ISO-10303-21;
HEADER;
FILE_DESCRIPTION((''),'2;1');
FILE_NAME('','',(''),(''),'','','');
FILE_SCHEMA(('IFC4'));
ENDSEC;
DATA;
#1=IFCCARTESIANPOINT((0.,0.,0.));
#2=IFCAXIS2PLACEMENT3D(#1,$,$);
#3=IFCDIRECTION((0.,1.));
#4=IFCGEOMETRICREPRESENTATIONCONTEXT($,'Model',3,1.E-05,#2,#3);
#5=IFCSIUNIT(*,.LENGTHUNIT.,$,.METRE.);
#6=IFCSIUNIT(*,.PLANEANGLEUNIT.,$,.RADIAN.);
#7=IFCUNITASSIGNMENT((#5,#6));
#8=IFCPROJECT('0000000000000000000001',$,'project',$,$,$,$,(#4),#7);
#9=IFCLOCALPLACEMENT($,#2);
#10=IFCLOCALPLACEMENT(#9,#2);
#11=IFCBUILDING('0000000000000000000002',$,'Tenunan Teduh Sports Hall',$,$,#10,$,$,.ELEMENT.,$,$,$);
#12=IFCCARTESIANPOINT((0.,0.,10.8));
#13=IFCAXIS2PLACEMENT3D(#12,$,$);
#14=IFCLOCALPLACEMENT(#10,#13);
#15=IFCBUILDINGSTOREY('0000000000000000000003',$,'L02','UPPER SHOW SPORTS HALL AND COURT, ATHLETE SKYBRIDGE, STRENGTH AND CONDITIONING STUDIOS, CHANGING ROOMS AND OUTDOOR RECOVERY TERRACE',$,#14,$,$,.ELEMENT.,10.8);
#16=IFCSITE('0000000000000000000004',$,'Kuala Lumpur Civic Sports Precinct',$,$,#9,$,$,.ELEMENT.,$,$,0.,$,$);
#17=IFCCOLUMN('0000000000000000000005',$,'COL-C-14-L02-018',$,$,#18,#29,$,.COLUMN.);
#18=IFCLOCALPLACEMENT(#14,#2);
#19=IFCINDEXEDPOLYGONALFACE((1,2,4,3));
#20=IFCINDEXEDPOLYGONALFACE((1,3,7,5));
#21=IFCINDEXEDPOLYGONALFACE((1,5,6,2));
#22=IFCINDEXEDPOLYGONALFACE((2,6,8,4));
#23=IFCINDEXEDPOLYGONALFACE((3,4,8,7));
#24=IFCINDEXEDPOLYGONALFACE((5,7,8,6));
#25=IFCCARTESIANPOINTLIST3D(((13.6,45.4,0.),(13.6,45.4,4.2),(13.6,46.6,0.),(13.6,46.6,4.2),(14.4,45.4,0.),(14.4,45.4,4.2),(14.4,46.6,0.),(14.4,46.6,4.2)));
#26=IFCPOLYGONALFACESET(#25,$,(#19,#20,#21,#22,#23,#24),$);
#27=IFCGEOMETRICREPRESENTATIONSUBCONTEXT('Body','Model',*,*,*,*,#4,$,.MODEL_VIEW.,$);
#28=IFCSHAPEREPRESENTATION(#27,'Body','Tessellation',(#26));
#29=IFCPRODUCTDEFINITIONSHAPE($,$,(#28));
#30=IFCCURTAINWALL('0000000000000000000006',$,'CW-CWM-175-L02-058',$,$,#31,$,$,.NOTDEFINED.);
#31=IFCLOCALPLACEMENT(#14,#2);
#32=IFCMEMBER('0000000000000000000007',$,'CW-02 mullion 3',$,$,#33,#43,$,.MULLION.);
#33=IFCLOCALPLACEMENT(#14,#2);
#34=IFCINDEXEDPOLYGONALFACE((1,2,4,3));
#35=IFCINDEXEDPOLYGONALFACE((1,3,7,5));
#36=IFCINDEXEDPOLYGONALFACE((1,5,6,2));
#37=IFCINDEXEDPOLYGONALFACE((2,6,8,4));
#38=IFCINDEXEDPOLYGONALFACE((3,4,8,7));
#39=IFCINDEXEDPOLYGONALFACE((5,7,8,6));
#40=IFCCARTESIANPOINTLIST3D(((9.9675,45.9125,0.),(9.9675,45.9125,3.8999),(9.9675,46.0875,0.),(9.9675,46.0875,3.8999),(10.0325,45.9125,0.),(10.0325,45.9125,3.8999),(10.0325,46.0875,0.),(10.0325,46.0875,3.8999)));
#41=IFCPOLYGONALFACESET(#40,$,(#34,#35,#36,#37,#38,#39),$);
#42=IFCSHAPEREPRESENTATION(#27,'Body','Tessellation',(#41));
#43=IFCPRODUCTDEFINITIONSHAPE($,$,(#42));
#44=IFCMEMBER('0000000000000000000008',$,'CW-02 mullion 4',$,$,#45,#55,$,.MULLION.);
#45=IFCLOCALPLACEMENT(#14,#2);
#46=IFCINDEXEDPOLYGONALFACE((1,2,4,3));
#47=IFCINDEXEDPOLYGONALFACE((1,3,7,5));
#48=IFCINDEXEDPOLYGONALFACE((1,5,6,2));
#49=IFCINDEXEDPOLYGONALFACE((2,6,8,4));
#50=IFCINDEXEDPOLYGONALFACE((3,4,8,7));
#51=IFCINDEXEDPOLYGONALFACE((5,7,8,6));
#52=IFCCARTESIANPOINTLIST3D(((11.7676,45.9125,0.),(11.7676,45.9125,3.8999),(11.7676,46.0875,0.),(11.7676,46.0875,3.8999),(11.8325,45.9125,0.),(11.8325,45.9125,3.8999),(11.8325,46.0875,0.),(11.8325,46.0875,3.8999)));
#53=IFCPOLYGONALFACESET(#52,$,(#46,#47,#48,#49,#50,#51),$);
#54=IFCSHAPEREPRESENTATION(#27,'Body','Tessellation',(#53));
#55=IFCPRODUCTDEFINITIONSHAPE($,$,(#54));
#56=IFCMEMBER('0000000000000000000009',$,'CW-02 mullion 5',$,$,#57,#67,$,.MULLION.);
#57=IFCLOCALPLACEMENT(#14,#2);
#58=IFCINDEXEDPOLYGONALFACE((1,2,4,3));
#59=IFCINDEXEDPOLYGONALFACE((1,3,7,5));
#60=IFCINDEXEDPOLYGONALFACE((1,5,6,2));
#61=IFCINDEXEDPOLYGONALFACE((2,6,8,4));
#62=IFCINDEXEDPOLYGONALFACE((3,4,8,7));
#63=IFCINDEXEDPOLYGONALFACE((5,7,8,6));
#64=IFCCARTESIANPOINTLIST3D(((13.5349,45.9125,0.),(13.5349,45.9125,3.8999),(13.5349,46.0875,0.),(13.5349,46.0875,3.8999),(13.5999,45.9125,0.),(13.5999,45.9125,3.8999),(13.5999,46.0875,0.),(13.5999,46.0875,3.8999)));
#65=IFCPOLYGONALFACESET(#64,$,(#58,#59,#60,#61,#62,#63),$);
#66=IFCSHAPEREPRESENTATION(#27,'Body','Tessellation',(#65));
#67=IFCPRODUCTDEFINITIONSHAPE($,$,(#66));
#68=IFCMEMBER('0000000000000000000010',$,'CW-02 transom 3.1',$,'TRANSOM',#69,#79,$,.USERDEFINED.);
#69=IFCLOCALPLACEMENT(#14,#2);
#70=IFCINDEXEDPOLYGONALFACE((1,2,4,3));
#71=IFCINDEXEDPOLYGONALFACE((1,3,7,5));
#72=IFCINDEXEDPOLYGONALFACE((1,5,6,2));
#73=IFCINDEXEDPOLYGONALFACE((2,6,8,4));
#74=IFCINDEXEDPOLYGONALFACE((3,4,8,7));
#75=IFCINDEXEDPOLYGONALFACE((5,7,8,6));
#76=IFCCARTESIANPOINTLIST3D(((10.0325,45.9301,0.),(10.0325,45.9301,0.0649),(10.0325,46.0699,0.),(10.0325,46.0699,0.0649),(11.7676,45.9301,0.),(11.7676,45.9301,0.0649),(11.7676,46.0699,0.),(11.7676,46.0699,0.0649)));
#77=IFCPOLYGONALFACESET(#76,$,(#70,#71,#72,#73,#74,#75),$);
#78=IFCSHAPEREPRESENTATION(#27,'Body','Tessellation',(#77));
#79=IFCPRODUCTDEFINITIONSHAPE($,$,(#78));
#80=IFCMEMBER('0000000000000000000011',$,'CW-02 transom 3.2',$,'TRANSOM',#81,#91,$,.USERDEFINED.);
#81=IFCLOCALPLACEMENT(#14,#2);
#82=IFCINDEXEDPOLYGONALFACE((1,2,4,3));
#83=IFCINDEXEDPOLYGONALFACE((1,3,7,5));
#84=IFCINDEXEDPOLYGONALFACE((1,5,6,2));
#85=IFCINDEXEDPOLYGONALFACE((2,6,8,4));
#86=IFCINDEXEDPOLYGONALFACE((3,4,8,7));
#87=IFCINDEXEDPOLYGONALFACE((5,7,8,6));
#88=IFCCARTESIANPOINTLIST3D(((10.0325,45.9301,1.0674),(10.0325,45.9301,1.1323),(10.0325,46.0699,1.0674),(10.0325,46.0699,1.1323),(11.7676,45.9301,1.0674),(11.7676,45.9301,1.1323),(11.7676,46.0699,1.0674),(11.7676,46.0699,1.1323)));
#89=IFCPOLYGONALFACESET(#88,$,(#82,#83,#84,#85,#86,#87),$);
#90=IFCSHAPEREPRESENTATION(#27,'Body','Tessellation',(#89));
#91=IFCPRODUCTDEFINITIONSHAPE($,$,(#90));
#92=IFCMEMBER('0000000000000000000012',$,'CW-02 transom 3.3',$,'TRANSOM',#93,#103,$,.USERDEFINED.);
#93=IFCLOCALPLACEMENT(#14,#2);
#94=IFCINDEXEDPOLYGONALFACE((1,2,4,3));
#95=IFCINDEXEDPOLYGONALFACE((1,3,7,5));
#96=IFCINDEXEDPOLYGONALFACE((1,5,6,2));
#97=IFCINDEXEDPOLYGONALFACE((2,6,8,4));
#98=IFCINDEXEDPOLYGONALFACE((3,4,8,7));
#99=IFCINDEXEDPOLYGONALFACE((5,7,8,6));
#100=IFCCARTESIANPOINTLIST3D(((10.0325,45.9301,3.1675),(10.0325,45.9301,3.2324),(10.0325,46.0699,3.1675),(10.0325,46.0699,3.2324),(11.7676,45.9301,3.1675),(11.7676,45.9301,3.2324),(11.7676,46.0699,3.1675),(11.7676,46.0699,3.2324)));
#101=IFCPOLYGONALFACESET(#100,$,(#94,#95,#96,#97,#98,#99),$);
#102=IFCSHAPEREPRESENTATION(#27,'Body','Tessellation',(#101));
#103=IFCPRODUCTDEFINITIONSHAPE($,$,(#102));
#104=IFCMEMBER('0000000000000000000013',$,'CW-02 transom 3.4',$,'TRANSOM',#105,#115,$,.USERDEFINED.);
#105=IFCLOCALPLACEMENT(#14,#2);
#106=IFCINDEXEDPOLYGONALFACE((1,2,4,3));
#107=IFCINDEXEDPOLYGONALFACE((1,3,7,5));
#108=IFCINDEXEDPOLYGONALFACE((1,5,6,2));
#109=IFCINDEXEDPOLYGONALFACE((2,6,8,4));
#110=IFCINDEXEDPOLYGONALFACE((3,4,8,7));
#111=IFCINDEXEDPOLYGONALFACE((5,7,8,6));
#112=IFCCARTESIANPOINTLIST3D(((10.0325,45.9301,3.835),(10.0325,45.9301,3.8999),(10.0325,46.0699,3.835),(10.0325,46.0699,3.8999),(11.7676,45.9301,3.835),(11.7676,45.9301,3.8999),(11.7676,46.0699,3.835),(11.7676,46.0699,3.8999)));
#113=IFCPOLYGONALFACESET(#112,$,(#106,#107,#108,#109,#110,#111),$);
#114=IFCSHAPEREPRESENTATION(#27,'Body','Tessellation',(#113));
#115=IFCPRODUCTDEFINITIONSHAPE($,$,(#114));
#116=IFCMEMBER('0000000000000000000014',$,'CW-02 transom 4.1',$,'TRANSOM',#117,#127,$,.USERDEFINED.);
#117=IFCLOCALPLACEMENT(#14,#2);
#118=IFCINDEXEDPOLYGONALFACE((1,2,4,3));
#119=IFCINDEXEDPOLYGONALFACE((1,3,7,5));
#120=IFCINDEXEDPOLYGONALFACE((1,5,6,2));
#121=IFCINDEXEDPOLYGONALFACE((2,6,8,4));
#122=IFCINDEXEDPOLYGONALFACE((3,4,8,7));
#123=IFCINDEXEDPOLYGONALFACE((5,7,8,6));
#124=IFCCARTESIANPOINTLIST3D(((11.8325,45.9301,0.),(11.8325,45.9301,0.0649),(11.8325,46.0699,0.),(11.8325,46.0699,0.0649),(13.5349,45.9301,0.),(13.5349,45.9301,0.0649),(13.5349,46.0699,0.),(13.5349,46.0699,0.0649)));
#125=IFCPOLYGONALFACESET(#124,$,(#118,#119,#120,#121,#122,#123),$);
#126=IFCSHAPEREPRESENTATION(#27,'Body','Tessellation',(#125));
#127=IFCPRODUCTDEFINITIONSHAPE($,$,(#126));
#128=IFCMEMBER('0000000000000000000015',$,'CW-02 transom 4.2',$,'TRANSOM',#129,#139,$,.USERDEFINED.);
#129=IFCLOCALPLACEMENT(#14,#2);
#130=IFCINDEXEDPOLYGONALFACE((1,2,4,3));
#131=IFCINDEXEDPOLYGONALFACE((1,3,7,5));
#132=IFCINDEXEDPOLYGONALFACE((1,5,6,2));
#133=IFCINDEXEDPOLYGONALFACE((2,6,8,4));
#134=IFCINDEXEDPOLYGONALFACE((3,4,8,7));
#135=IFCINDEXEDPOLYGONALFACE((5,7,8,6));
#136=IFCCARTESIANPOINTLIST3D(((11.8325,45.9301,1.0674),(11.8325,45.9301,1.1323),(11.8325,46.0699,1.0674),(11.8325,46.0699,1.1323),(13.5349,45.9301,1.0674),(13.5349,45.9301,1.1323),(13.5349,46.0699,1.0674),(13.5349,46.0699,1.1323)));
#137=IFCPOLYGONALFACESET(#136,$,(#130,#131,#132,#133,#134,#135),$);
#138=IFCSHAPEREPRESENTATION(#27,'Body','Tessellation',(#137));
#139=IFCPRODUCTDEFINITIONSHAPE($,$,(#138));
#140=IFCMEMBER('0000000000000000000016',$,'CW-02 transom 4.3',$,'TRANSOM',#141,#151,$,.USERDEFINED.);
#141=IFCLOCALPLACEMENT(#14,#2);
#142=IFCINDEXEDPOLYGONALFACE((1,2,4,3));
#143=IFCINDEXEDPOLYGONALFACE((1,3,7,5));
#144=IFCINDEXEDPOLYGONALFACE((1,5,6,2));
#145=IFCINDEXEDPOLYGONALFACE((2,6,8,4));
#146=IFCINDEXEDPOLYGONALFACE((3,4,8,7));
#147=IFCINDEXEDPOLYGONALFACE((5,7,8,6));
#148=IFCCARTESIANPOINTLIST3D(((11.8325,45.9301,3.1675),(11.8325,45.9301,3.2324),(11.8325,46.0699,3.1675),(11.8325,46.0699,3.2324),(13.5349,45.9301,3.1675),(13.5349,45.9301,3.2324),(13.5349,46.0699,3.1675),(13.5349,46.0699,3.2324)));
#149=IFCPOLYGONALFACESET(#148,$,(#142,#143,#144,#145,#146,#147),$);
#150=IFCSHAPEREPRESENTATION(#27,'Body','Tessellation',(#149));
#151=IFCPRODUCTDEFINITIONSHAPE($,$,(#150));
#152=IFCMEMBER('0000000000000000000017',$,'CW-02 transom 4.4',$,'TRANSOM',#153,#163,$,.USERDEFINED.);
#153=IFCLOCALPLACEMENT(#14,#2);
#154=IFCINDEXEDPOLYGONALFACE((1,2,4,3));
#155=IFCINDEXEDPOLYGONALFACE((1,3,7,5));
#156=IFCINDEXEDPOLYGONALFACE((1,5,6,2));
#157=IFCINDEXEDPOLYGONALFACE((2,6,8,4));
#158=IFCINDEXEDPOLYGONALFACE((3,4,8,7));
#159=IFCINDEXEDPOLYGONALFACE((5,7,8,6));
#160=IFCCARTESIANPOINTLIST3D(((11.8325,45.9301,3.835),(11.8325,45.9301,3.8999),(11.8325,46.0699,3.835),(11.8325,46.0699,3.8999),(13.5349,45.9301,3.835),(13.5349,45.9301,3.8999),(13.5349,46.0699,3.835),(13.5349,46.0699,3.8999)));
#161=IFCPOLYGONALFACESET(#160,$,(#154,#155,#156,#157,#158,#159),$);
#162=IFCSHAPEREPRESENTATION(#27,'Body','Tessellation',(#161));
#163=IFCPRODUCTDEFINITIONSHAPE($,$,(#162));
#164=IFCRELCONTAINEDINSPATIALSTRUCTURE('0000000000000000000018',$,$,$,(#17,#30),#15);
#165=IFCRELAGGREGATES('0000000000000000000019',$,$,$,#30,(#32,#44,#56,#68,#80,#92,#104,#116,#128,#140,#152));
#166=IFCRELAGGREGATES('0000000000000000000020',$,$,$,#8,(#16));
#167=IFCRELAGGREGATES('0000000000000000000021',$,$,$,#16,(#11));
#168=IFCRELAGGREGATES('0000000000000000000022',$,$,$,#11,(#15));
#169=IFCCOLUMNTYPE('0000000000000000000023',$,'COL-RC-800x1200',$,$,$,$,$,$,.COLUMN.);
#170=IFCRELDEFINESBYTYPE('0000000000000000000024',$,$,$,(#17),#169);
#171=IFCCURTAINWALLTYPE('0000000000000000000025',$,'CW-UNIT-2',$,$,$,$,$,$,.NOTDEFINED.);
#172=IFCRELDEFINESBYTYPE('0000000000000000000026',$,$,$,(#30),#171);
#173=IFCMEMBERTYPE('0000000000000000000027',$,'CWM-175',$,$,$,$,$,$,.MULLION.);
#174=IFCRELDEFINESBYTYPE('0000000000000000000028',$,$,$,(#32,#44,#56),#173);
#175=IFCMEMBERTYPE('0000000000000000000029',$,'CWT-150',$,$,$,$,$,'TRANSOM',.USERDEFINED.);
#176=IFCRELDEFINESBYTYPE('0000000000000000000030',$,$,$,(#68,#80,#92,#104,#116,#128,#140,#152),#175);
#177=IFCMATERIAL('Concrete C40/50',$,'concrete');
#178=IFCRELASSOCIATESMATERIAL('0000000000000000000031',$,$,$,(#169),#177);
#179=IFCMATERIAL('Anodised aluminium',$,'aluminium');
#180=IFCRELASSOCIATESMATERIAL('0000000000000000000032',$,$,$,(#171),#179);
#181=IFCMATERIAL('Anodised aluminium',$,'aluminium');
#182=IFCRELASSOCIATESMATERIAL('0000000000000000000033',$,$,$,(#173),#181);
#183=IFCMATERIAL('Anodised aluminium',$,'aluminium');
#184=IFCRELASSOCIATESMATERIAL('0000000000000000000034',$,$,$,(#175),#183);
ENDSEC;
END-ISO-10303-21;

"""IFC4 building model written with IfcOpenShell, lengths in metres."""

from ifc_helpers import new_model, si_unit, direction, frame, origin, origin_2d, place, context, subcontext, project, spatial, rectangle, extrude, material, material_profile, profile_set, type_object, element, aggregate, save


model = new_model("IFC4")

# Units and contexts
model_context = context("Model", 3, precision=1e-05, world=origin(), true_north=direction((0.0, 1.0)))
body_context = subcontext(model_context, "Body", "Model", "MODEL_VIEW")
ifc_project = project(units=[si_unit("LENGTHUNIT", "METRE"), si_unit("PLANEANGLEUNIT", "RADIAN")], contexts=[model_context])

# Site, building, storey
site_placement = place(None, origin())
site = spatial("IfcSite", under=ifc_project, at=site_placement, Name="Kuala Lumpur Civic Sports Precinct", CompositionType="ELEMENT", RefElevation=0.0)
building_placement = place(site_placement, origin())
building = spatial("IfcBuilding", under=site, at=building_placement, Name="Tenunan Teduh Sports Hall", CompositionType="ELEMENT")
storey_placement = place(building_placement, frame((0.0, 0.0, 10.8)))
storey = spatial("IfcBuildingStorey", under=building, at=storey_placement, Name="L02", Description="UPPER SHOW SPORTS HALL AND COURT, ATHLETE SKYBRIDGE, STRENGTH AND CONDITIONING STUDIOS, CHANGING ROOMS AND OUTDOOR RECOVERY TERRACE", CompositionType="ELEMENT", Elevation=10.8)

# Column
ifc_material_1 = material(Name="Concrete C40/50", Category="concrete")
ifc_material_profile_1 = material_profile(ifc_material_1, rectangle(XDim=0.8, YDim=1.2, at=origin_2d()), Name="RC 800x1200")
ifc_profile_set_1 = profile_set([ifc_material_profile_1], Name="Concrete C40/50")
column_type = type_object("IfcColumnType", Name="COL-RC-800x1200", PredefinedType="COLUMN", material=ifc_profile_set_1)
column_placement = place(storey_placement, frame((14.0, 46.0, 0.0), z_axis=(0.0, 0.0, 1.0), x_axis=(1.0, 0.0, 0.0)))
element("IfcColumn", 1, at=column_placement, inside=storey, type_object=column_type, Name="COL-C-14-L02-018", PredefinedType="COLUMN", context=body_context, shape_type="SweptSolid", body=[
    extrude(rectangle(XDim=0.8, YDim=1.2, at=origin_2d()), origin(), (0.0, 0.0, 1.0), 4.2),
])

# Curtain wall, members
ifc_material_2 = material(Name="Anodised aluminium", Category="aluminium")
curtain_wall_type = type_object("IfcCurtainWallType", Name="CW-UNIT-2", PredefinedType="NOTDEFINED", material=ifc_material_2)
curtain_wall_placement = place(storey_placement, origin())
curtain_wall = element("IfcCurtainWall", 2, at=curtain_wall_placement, inside=storey, type_object=curtain_wall_type, Name="CW-CWM-175-L02-058", PredefinedType="NOTDEFINED")
ifc_material_3 = material(Name="Anodised aluminium", Category="aluminium")
ifc_material_profile_2 = material_profile(ifc_material_3, rectangle(XDim=0.0649, YDim=0.175, at=origin_2d()), Name="CWM 65x175")
ifc_profile_set_2 = profile_set([ifc_material_profile_2], Name="Anodised aluminium")
member_type_1 = type_object("IfcMemberType", Name="CWM-175", PredefinedType="MULLION", material=ifc_profile_set_2)
member_1_placement = place(storey_placement, frame((10.0, 46.0, 0.0), z_axis=(0.0, 0.0, 1.0), x_axis=(1.0, 0.0, 0.0)))
member_1 = element("IfcMember", 3, at=member_1_placement, type_object=member_type_1, Name="CW-02 mullion 3", PredefinedType="MULLION", context=body_context, shape_type="SweptSolid", body=[
    extrude(rectangle(XDim=0.0649, YDim=0.175, at=origin_2d()), origin(), (0.0, 0.0, 1.0), 3.8999),
])
member_2_placement = place(storey_placement, frame((11.8, 46.0, 0.0), z_axis=(0.0, 0.0, 1.0), x_axis=(1.0, 0.0, 0.0)))
member_2 = element("IfcMember", 4, at=member_2_placement, type_object=member_type_1, Name="CW-02 mullion 4", PredefinedType="MULLION", context=body_context, shape_type="SweptSolid", body=[
    extrude(rectangle(XDim=0.0649, YDim=0.175, at=origin_2d()), origin(), (0.0, 0.0, 1.0), 3.8999),
])
member_3_placement = place(storey_placement, frame((13.5674, 46.0, 0.0), z_axis=(0.0, 0.0, 1.0), x_axis=(1.0, 0.0, 0.0)))
member_3 = element("IfcMember", 5, at=member_3_placement, type_object=member_type_1, Name="CW-02 mullion 5", PredefinedType="MULLION", context=body_context, shape_type="SweptSolid", body=[
    extrude(rectangle(XDim=0.0649, YDim=0.175, at=origin_2d()), origin(), (0.0, 0.0, 1.0), 3.8999),
])
ifc_material_4 = material(Name="Anodised aluminium", Category="aluminium")
ifc_material_profile_3 = material_profile(ifc_material_4, rectangle(XDim=0.0649, YDim=0.1399, at=origin_2d()), Name="CWT 65x140")
ifc_profile_set_3 = profile_set([ifc_material_profile_3], Name="Anodised aluminium")
member_type_2 = type_object("IfcMemberType", Name="CWT-150", ElementType="TRANSOM", PredefinedType="USERDEFINED", material=ifc_profile_set_3)
member_4_placement = place(storey_placement, frame((10.0325, 46.0, 0.0325), z_axis=(1.0, 0.0, 0.0), x_axis=(0.0, 0.0, 1.0)))
member_4 = element("IfcMember", 6, at=member_4_placement, type_object=member_type_2, Name="CW-02 transom 3.1", ObjectType="TRANSOM", PredefinedType="USERDEFINED", context=body_context, shape_type="SweptSolid", body=[
    extrude(rectangle(XDim=0.0649, YDim=0.1399, at=origin_2d()), origin(), (0.0, 0.0, 1.0), 1.7351),
])
member_5_placement = place(storey_placement, frame((10.0325, 46.0, 1.0999), z_axis=(1.0, 0.0, 0.0), x_axis=(0.0, 0.0, 1.0)))
member_5 = element("IfcMember", 7, at=member_5_placement, type_object=member_type_2, Name="CW-02 transom 3.2", ObjectType="TRANSOM", PredefinedType="USERDEFINED", context=body_context, shape_type="SweptSolid", body=[
    extrude(rectangle(XDim=0.0649, YDim=0.1399, at=origin_2d()), origin(), (0.0, 0.0, 1.0), 1.7351),
])
member_6_placement = place(storey_placement, frame((10.0325, 46.0, 3.2), z_axis=(1.0, 0.0, 0.0), x_axis=(0.0, 0.0, 1.0)))
member_6 = element("IfcMember", 8, at=member_6_placement, type_object=member_type_2, Name="CW-02 transom 3.3", ObjectType="TRANSOM", PredefinedType="USERDEFINED", context=body_context, shape_type="SweptSolid", body=[
    extrude(rectangle(XDim=0.0649, YDim=0.1399, at=origin_2d()), origin(), (0.0, 0.0, 1.0), 1.7351),
])
member_7_placement = place(storey_placement, frame((10.0325, 46.0, 3.8674), z_axis=(1.0, 0.0, 0.0), x_axis=(0.0, 0.0, 1.0)))
member_7 = element("IfcMember", 9, at=member_7_placement, type_object=member_type_2, Name="CW-02 transom 3.4", ObjectType="TRANSOM", PredefinedType="USERDEFINED", context=body_context, shape_type="SweptSolid", body=[
    extrude(rectangle(XDim=0.0649, YDim=0.1399, at=origin_2d()), origin(), (0.0, 0.0, 1.0), 1.7351),
])
member_8_placement = place(storey_placement, frame((11.8325, 46.0, 0.0325), z_axis=(1.0, 0.0, 0.0), x_axis=(0.0, 0.0, 1.0)))
member_8 = element("IfcMember", 10, at=member_8_placement, type_object=member_type_2, Name="CW-02 transom 4.1", ObjectType="TRANSOM", PredefinedType="USERDEFINED", context=body_context, shape_type="SweptSolid", body=[
    extrude(rectangle(XDim=0.0649, YDim=0.1399, at=origin_2d()), origin(), (0.0, 0.0, 1.0), 1.7024),
])
member_9_placement = place(storey_placement, frame((11.8325, 46.0, 1.0999), z_axis=(1.0, 0.0, 0.0), x_axis=(0.0, 0.0, 1.0)))
member_9 = element("IfcMember", 11, at=member_9_placement, type_object=member_type_2, Name="CW-02 transom 4.2", ObjectType="TRANSOM", PredefinedType="USERDEFINED", context=body_context, shape_type="SweptSolid", body=[
    extrude(rectangle(XDim=0.0649, YDim=0.1399, at=origin_2d()), origin(), (0.0, 0.0, 1.0), 1.7024),
])
member_10_placement = place(storey_placement, frame((11.8325, 46.0, 3.2), z_axis=(1.0, 0.0, 0.0), x_axis=(0.0, 0.0, 1.0)))
member_10 = element("IfcMember", 12, at=member_10_placement, type_object=member_type_2, Name="CW-02 transom 4.3", ObjectType="TRANSOM", PredefinedType="USERDEFINED", context=body_context, shape_type="SweptSolid", body=[
    extrude(rectangle(XDim=0.0649, YDim=0.1399, at=origin_2d()), origin(), (0.0, 0.0, 1.0), 1.7024),
])
member_11_placement = place(storey_placement, frame((11.8325, 46.0, 3.8674), z_axis=(1.0, 0.0, 0.0), x_axis=(0.0, 0.0, 1.0)))
member_11 = element("IfcMember", 13, at=member_11_placement, type_object=member_type_2, Name="CW-02 transom 4.4", ObjectType="TRANSOM", PredefinedType="USERDEFINED", context=body_context, shape_type="SweptSolid", body=[
    extrude(rectangle(XDim=0.0649, YDim=0.1399, at=origin_2d()), origin(), (0.0, 0.0, 1.0), 1.7024),
])

aggregate(curtain_wall, [member_1, member_2, member_3, member_4, member_5, member_6, member_7, member_8, member_9, member_10, member_11])

save(model, "model.ifc")
